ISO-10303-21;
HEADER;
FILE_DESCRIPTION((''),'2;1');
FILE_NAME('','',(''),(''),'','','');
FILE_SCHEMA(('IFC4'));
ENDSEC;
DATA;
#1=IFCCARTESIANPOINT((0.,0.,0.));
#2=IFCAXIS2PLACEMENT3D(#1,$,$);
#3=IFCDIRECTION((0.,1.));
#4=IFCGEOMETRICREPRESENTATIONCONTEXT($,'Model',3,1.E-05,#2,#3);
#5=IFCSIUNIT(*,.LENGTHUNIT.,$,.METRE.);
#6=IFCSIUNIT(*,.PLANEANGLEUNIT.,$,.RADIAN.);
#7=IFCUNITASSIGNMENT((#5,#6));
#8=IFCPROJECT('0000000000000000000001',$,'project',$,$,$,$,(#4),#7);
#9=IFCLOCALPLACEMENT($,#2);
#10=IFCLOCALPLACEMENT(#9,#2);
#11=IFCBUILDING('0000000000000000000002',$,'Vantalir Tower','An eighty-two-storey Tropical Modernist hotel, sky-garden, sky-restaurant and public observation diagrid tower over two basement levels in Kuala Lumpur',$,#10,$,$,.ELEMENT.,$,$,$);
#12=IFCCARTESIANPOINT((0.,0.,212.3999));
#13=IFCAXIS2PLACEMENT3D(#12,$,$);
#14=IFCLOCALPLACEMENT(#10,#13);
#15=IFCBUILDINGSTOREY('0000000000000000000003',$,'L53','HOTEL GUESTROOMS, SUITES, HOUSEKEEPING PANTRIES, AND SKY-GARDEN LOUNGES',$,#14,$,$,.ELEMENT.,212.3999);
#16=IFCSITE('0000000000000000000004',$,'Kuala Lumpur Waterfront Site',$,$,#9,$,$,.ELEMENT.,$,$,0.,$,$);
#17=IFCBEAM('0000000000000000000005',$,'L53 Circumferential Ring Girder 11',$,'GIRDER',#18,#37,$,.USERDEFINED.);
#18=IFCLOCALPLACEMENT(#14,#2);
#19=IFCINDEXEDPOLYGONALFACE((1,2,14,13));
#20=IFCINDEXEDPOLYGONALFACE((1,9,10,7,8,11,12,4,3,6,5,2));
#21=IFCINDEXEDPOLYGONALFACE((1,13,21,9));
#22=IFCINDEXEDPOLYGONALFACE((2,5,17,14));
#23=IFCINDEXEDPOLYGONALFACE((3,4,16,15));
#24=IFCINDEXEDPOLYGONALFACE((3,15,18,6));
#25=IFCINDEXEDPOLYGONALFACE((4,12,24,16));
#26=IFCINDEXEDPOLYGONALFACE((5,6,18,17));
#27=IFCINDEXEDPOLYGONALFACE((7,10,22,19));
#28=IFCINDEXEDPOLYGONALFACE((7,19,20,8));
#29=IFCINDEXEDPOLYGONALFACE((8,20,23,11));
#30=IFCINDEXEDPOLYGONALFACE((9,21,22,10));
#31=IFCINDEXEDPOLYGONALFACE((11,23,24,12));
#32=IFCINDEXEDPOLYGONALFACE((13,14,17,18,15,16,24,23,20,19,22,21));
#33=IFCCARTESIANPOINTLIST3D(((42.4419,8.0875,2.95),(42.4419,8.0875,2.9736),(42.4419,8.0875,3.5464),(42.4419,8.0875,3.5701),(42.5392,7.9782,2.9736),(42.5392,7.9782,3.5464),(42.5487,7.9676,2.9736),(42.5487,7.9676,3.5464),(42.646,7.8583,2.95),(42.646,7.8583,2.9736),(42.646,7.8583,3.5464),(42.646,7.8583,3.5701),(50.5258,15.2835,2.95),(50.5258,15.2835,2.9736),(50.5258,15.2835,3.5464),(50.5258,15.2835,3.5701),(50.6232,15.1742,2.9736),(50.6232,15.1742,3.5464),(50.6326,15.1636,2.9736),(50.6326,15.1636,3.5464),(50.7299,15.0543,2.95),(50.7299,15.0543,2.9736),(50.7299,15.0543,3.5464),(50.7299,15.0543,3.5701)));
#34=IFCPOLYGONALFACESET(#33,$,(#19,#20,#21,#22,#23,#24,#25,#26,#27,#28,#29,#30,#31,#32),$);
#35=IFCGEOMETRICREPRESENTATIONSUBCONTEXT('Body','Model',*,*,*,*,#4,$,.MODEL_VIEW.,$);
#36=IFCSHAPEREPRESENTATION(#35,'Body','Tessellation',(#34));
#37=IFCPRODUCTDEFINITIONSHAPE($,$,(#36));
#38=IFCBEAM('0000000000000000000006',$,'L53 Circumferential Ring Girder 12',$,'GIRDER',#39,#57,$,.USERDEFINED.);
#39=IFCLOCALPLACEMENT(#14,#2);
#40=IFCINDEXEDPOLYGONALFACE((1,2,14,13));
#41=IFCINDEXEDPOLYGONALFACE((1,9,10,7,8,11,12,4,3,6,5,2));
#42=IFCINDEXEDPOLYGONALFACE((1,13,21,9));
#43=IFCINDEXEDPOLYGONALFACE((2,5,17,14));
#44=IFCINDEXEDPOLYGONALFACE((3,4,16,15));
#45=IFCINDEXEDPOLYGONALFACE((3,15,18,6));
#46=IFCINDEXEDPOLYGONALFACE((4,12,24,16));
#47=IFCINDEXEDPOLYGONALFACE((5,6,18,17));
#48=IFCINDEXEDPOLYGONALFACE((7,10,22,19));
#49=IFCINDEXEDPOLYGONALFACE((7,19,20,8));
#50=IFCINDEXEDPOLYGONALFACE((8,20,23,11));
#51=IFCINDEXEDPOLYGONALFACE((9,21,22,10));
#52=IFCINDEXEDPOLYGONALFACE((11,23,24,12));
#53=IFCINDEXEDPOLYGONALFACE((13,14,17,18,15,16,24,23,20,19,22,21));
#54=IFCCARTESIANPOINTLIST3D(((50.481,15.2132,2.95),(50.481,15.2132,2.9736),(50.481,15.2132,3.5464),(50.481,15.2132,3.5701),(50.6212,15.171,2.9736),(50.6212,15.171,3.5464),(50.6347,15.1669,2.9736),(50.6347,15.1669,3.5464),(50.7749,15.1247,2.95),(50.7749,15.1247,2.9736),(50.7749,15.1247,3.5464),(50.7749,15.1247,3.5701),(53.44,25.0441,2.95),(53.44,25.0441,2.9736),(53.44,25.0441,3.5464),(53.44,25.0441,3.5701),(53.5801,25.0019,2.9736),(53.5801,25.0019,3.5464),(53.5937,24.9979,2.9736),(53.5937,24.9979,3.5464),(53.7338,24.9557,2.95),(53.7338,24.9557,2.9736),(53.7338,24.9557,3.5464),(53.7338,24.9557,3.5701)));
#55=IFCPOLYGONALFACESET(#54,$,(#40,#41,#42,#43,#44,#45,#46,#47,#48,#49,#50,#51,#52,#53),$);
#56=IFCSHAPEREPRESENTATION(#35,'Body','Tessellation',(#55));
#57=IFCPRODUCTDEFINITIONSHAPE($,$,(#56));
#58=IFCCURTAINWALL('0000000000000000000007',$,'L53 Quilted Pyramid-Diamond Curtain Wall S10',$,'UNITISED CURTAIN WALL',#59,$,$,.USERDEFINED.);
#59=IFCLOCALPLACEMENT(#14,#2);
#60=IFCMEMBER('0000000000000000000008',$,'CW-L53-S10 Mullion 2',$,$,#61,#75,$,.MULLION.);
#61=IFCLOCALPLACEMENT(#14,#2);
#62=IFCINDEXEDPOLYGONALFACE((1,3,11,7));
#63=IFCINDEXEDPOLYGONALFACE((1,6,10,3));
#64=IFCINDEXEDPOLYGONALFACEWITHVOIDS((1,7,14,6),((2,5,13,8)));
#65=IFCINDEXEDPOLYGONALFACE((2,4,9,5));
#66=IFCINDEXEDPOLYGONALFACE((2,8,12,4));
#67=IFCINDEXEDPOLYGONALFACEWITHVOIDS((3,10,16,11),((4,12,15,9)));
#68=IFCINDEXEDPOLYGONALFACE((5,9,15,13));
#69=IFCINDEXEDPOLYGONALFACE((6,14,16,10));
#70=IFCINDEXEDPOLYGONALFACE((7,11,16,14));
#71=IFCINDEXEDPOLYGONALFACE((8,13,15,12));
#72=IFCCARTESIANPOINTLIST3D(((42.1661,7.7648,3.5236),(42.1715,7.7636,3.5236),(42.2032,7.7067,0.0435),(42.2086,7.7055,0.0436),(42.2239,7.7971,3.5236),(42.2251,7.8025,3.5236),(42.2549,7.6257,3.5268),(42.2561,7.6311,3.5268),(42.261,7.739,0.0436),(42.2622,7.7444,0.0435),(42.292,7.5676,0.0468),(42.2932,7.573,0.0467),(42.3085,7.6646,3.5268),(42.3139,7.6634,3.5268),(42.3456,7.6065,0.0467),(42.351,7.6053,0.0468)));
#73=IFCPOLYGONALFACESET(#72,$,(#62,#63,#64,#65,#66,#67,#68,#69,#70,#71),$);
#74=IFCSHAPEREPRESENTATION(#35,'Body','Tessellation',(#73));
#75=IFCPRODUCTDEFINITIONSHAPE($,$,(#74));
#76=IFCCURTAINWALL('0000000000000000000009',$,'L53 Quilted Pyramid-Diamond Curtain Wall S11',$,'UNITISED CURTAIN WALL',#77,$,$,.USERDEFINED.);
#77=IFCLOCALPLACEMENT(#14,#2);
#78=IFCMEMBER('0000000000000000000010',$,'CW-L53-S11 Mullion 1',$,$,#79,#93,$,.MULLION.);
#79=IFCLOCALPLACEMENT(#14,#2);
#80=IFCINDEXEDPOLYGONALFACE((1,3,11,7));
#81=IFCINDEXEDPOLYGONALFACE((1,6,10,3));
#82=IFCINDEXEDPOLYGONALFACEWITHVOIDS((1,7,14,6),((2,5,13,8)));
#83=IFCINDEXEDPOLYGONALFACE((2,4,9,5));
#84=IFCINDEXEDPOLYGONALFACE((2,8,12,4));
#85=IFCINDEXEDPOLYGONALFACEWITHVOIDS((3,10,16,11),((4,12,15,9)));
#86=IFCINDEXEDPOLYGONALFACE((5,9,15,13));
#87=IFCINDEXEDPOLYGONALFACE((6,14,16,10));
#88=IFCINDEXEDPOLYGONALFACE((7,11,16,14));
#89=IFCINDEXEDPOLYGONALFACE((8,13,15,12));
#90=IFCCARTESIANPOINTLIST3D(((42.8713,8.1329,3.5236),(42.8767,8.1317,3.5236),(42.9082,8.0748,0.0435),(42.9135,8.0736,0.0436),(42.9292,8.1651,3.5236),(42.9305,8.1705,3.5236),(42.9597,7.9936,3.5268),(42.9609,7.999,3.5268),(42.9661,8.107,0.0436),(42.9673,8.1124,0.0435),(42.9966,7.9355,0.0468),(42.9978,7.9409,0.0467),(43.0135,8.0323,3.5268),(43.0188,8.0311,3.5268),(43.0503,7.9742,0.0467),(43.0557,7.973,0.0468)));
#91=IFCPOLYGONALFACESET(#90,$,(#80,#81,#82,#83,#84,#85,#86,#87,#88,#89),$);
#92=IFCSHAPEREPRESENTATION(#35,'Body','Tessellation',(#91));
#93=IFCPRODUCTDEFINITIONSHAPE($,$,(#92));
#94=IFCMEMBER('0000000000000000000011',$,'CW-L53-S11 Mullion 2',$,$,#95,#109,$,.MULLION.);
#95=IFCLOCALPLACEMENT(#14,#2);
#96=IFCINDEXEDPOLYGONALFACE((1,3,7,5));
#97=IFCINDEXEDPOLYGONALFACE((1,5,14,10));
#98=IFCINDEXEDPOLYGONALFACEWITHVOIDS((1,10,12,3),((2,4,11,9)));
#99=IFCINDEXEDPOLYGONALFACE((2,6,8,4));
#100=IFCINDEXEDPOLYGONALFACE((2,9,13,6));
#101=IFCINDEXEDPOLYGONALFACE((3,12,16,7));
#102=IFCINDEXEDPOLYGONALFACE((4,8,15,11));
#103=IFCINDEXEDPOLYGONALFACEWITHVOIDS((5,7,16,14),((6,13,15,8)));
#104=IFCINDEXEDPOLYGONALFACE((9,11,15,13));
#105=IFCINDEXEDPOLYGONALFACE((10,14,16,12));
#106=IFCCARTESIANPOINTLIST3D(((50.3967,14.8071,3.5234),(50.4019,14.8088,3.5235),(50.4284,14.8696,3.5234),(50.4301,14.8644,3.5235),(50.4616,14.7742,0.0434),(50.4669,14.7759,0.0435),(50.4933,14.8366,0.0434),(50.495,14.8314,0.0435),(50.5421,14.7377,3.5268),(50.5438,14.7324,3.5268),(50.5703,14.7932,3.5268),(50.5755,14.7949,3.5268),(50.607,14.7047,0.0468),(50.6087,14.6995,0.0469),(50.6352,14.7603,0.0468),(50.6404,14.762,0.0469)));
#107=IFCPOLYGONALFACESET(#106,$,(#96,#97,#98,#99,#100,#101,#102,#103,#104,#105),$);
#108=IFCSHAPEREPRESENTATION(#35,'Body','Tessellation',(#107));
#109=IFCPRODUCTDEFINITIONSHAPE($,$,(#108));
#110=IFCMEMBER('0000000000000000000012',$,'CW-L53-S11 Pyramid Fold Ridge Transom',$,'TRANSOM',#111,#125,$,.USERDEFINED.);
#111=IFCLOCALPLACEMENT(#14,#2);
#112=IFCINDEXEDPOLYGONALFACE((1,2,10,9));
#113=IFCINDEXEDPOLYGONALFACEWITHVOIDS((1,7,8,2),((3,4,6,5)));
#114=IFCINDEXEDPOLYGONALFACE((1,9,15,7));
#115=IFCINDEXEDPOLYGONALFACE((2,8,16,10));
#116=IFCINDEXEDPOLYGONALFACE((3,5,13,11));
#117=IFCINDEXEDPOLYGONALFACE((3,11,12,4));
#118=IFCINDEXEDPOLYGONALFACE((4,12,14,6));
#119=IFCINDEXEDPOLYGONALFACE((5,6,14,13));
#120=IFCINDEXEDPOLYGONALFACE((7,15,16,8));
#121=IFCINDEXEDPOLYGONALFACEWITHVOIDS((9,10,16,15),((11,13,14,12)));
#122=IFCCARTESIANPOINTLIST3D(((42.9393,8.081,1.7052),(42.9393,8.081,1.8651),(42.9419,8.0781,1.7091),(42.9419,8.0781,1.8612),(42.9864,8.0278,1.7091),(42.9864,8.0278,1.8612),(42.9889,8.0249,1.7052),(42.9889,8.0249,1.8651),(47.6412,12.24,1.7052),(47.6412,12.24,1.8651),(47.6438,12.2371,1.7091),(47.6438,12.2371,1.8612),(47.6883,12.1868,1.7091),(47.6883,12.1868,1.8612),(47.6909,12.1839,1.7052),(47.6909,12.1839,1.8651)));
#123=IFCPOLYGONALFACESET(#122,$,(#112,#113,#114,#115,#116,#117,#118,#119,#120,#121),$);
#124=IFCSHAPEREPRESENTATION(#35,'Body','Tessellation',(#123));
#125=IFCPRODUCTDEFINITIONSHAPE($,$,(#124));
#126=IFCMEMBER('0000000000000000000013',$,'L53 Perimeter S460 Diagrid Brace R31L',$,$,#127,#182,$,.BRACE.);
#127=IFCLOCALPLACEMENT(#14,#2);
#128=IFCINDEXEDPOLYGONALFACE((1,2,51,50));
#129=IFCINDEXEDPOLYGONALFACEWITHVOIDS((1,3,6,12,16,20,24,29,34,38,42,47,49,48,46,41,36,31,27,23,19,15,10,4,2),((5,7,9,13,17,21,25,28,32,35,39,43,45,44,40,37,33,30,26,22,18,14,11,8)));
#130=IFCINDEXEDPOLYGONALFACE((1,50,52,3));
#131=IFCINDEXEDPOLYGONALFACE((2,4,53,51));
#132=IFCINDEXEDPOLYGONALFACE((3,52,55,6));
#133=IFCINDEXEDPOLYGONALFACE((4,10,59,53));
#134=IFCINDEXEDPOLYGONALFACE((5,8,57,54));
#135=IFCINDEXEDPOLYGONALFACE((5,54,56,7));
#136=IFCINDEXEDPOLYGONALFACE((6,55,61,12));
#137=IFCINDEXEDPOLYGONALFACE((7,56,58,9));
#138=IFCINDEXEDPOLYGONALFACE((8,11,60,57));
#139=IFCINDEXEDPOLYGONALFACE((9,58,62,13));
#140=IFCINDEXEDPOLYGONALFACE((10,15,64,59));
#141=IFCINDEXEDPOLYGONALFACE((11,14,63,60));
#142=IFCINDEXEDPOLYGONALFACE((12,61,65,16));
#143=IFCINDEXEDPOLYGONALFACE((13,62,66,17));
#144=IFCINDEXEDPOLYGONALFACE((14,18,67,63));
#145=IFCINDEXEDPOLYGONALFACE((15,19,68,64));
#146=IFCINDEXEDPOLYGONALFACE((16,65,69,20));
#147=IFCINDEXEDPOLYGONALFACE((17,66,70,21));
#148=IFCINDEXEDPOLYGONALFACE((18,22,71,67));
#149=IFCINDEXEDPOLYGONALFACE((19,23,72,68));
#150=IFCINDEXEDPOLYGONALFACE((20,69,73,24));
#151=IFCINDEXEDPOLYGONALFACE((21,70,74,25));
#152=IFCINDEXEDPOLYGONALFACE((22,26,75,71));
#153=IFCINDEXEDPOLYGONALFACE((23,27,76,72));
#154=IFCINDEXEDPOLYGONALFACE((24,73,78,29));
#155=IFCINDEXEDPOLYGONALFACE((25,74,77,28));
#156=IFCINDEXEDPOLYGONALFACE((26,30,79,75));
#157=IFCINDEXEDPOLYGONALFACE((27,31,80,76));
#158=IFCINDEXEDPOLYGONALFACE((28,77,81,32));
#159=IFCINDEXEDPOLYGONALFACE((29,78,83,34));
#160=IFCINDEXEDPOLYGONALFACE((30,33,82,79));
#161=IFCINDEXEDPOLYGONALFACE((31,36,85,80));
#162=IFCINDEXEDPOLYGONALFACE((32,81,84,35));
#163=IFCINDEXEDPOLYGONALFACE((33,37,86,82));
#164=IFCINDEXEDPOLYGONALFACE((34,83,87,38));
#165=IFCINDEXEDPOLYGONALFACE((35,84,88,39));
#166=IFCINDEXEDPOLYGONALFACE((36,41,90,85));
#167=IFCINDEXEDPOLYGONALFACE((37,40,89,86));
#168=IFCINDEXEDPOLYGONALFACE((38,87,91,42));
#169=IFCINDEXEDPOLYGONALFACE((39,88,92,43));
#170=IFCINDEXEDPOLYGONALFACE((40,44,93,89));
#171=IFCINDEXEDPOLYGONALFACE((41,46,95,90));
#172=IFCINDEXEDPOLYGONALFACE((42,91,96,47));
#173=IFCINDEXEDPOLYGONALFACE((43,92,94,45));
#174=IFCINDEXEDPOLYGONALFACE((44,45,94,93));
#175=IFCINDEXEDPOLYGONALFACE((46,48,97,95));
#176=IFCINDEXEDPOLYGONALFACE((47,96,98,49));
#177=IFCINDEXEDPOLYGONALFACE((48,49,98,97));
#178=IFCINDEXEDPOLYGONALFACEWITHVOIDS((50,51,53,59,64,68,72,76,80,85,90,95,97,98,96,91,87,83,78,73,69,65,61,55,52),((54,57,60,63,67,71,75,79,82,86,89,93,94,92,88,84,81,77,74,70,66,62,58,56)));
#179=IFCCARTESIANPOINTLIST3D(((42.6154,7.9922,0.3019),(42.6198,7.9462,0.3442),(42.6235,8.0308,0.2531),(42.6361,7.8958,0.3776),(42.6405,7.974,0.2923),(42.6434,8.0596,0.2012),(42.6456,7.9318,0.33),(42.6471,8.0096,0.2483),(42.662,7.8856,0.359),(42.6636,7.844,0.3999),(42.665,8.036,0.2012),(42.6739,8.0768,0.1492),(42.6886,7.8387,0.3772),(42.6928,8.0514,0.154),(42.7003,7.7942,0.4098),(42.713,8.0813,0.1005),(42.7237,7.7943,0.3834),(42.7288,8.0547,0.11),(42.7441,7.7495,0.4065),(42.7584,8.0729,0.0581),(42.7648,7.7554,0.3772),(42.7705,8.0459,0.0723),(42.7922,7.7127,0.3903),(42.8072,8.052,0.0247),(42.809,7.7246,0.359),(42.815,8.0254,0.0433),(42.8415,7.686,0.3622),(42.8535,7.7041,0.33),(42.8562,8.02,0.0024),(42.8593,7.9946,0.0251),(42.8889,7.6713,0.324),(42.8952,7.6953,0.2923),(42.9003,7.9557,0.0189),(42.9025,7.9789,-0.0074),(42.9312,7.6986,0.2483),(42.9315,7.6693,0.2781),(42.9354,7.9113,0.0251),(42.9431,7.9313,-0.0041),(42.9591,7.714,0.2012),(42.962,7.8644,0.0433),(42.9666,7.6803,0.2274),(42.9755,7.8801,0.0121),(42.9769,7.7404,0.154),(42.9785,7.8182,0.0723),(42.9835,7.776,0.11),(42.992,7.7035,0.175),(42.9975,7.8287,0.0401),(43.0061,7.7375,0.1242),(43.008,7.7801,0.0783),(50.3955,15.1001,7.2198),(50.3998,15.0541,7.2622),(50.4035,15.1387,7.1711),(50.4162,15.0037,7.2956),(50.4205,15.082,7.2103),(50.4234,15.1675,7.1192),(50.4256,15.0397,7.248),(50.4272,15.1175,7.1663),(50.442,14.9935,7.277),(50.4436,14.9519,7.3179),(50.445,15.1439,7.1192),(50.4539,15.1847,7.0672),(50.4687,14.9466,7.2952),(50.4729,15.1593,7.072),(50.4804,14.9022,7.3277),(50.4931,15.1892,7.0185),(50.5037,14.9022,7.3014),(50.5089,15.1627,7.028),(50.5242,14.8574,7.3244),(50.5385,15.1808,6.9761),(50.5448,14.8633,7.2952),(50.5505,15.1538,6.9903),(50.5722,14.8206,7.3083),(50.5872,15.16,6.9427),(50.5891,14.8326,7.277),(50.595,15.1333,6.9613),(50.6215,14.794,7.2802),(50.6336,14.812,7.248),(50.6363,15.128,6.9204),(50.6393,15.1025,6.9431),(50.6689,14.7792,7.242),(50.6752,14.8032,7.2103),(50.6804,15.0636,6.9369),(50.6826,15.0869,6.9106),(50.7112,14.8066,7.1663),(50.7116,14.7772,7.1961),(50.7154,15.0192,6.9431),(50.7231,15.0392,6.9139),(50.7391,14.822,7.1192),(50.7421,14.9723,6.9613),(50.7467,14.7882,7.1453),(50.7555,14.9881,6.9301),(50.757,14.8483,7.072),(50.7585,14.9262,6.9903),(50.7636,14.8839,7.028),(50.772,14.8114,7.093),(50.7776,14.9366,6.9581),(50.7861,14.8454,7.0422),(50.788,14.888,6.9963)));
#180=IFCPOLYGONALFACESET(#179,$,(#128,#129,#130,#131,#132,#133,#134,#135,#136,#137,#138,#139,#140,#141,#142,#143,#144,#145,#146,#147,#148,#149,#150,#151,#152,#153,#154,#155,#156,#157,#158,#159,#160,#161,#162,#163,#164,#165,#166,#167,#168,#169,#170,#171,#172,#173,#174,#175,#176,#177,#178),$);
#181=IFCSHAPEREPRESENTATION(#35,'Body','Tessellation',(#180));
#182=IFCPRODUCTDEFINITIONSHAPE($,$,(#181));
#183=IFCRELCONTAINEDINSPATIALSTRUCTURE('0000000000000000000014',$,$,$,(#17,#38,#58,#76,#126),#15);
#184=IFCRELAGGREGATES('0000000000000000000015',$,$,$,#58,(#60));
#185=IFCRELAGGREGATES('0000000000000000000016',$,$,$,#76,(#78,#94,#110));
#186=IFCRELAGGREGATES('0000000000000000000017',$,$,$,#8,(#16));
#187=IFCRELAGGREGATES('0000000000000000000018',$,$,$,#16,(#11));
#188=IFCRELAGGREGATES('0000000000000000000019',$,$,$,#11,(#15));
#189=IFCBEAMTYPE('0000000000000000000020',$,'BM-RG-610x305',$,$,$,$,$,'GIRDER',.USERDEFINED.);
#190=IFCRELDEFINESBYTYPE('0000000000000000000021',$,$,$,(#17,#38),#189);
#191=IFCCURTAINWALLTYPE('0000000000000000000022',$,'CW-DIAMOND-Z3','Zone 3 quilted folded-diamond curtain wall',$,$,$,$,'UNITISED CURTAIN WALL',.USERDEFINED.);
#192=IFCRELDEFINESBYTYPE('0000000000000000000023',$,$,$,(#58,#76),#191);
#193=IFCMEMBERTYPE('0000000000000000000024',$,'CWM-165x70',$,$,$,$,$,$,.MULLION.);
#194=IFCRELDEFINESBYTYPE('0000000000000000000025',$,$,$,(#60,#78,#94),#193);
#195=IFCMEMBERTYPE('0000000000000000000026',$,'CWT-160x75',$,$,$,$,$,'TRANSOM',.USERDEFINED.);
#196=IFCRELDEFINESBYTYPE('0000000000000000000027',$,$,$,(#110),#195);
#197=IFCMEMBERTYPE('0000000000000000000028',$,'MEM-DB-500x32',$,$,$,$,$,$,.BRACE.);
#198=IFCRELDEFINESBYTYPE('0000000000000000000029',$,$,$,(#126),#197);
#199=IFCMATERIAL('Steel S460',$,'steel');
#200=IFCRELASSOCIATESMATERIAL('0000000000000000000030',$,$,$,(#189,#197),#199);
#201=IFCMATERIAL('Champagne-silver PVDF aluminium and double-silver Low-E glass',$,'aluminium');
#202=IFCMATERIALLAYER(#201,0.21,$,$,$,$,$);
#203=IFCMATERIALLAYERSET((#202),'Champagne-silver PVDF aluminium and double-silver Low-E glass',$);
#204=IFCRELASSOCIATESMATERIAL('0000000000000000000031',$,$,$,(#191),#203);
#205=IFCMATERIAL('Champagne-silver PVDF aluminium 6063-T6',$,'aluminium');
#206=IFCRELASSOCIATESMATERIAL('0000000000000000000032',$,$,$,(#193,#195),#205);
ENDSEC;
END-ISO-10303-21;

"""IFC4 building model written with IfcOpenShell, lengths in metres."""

from ifc_helpers import new_model, si_unit, direction, frame, origin, origin_2d, place, context, subcontext, project, spatial, hollow_rectangle, hollow_circle, i_section, extrude, material, layer, layer_set, material_profile, profile_set, type_object, element, aggregate, save


model = new_model("IFC4")

# Units and contexts
model_context = context("Model", 3, precision=1e-05, world=origin(), true_north=direction((0.0, 1.0)))
body_context = subcontext(model_context, "Body", "Model", "MODEL_VIEW")
ifc_project = project(units=[si_unit("LENGTHUNIT", "METRE"), si_unit("PLANEANGLEUNIT", "RADIAN")], contexts=[model_context])

# Site, building, storey
site_placement = place(None, origin())
site = spatial("IfcSite", under=ifc_project, at=site_placement, Name="Kuala Lumpur Waterfront Site", CompositionType="ELEMENT", RefElevation=0.0)
building_placement = place(site_placement, origin())
building = spatial("IfcBuilding", under=site, at=building_placement, Name="Vantalir Tower", Description="An eighty-two-storey Tropical Modernist hotel, sky-garden, sky-restaurant and public observation diagrid tower over two basement levels in Kuala Lumpur", CompositionType="ELEMENT")
storey_placement = place(building_placement, frame((0.0, 0.0, 212.3999)))
storey = spatial("IfcBuildingStorey", under=building, at=storey_placement, Name="L53", Description="HOTEL GUESTROOMS, SUITES, HOUSEKEEPING PANTRIES, AND SKY-GARDEN LOUNGES", CompositionType="ELEMENT", Elevation=212.3999)

# Shared definitions
ifc_material_1 = material(Name="Steel S460", Category="steel")

# Beams
ifc_material_profile_1 = material_profile(ifc_material_1, i_section(OverallWidth=0.3069, OverallDepth=0.6201, WebThickness=0.0142, FlangeThickness=0.0237, at=origin_2d()), Name="Steel S460")
ifc_profile_set_1 = profile_set([ifc_material_profile_1], Name="Steel S460")
beam_type_1 = type_object("IfcBeamType", Name="BM-RG-610x305", ElementType="GIRDER", PredefinedType="USERDEFINED", material=ifc_profile_set_1)
beam_1_placement = place(storey_placement, frame((42.5439, 7.9729, 3.26), z_axis=(0.746937, 0.664894, 0.0), x_axis=(-0.664894, 0.746937, 0.0)))
element("IfcBeam", 1, at=beam_1_placement, inside=storey, type_object=beam_type_1, Name="L53 Circumferential Ring Girder 11", ObjectType="GIRDER", PredefinedType="USERDEFINED", context=body_context, shape_type="SweptSolid", body=[
    extrude(i_section(OverallWidth=0.3069, OverallDepth=0.6201, WebThickness=0.0142, FlangeThickness=0.0237, at=origin_2d()), origin(), (0.0, 0.0, 1.0), 10.8228),
])
beam_2_placement = place(storey_placement, frame((50.6279, 15.1689, 3.26), z_axis=(0.288212, 0.957567, 0.0), x_axis=(-0.957567, 0.288212, 0.0)))
element("IfcBeam", 2, at=beam_2_placement, inside=storey, type_object=beam_type_1, Name="L53 Circumferential Ring Girder 12", ObjectType="GIRDER", PredefinedType="USERDEFINED", context=body_context, shape_type="SweptSolid", body=[
    extrude(i_section(OverallWidth=0.3069, OverallDepth=0.6201, WebThickness=0.0142, FlangeThickness=0.0237, at=origin_2d()), origin(), (0.0, 0.0, 1.0), 10.2666),
])

# Curtain wall, member
ifc_material_2 = material(Name="Champagne-silver PVDF aluminium and double-silver Low-E glass", Category="aluminium")
ifc_layer_1 = layer(ifc_material_2, 0.21)
ifc_layer_set_1 = layer_set([ifc_layer_1], Name="Champagne-silver PVDF aluminium and double-silver Low-E glass")
curtain_wall_type = type_object("IfcCurtainWallType", Name="CW-DIAMOND-Z3", Description="Zone 3 quilted folded-diamond curtain wall", ElementType="UNITISED CURTAIN WALL", PredefinedType="USERDEFINED", material=ifc_layer_set_1)
curtain_wall_1_placement = place(storey_placement, origin())
curtain_wall_1 = element("IfcCurtainWall", 3, at=curtain_wall_1_placement, inside=storey, type_object=curtain_wall_type, Name="L53 Quilted Pyramid-Diamond Curtain Wall S10", ObjectType="UNITISED CURTAIN WALL", PredefinedType="USERDEFINED")
ifc_material_3 = material(Name="Champagne-silver PVDF aluminium 6063-T6", Category="aluminium")
ifc_material_profile_2 = material_profile(ifc_material_3, hollow_rectangle(XDim=0.0701, YDim=0.165, WallThickness=0.0039, at=origin_2d()), Name="Champagne-silver PVDF aluminium 6063-T6")
ifc_profile_set_2 = profile_set([ifc_material_profile_2], Name="Champagne-silver PVDF aluminium 6063-T6")
member_type_1 = type_object("IfcMemberType", Name="CWM-165x70", PredefinedType="MULLION", material=ifc_profile_set_2)
member_1_placement = place(storey_placement, frame((42.2771, 7.656, 0.0452), z_axis=(-0.010662, 0.016694, 0.999804), x_axis=(-0.842786, -0.53825, 0.0)))
member_1 = element("IfcMember", 4, at=member_1_placement, type_object=member_type_1, Name="CW-L53-S10 Mullion 2", PredefinedType="MULLION", context=body_context, shape_type="SweptSolid", body=[
    extrude(hollow_rectangle(XDim=0.0701, YDim=0.165, WallThickness=0.0039, at=origin_2d()), origin(), (0.0, 0.0, 1.0), 3.4807),
])
aggregate(curtain_wall_1, [member_1])

# Curtain wall, members
curtain_wall_2_placement = place(storey_placement, origin())
curtain_wall_2 = element("IfcCurtainWall", 5, at=curtain_wall_2_placement, inside=storey, type_object=curtain_wall_type, Name="L53 Quilted Pyramid-Diamond Curtain Wall S11", ObjectType="UNITISED CURTAIN WALL", PredefinedType="USERDEFINED")
member_2_placement = place(storey_placement, frame((42.9819, 8.0239, 0.0452), z_axis=(-0.010591, 0.016694, 0.999805), x_axis=(-0.844391, -0.535727, 0.0)))
member_2 = element("IfcMember", 6, at=member_2_placement, type_object=member_type_1, Name="CW-L53-S11 Mullion 1", PredefinedType="MULLION", context=body_context, shape_type="SweptSolid", body=[
    extrude(hollow_rectangle(XDim=0.0701, YDim=0.165, WallThickness=0.0039, at=origin_2d()), origin(), (0.0, 0.0, 1.0), 3.4807),
])
member_3_placement = place(storey_placement, frame((50.551, 14.7681, 0.0452), z_axis=(-0.018657, 0.009469, 0.999781), x_axis=(-0.452569, -0.891729, 0.0)))
member_3 = element("IfcMember", 7, at=member_3_placement, type_object=member_type_1, Name="CW-L53-S11 Mullion 2", PredefinedType="MULLION", context=body_context, shape_type="SweptSolid", body=[
    extrude(hollow_rectangle(XDim=0.0701, YDim=0.165, WallThickness=0.0039, at=origin_2d()), origin(), (0.0, 0.0, 1.0), 3.4807),
])
ifc_material_profile_3 = material_profile(ifc_material_3, hollow_rectangle(XDim=0.075, YDim=0.1599, WallThickness=0.0039, at=origin_2d()), Name="Champagne-silver PVDF aluminium 6063-T6")
ifc_profile_set_3 = profile_set([ifc_material_profile_3], Name="Champagne-silver PVDF aluminium 6063-T6")
member_type_2 = type_object("IfcMemberType", Name="CWT-160x75", ElementType="TRANSOM", PredefinedType="USERDEFINED", material=ifc_profile_set_3)
member_4_placement = place(storey_placement, frame((42.9641, 8.053, 1.7852), z_axis=(0.749031, 0.662534, 0.0), x_axis=(-0.662534, 0.749031, 0.0)))
member_4 = element("IfcMember", 8, at=member_4_placement, type_object=member_type_2, Name="CW-L53-S11 Pyramid Fold Ridge Transom", ObjectType="TRANSOM", PredefinedType="USERDEFINED", context=body_context, shape_type="SweptSolid", body=[
    extrude(hollow_rectangle(XDim=0.075, YDim=0.1599, WallThickness=0.0039, at=origin_2d()), origin(), (0.0, 0.0, 1.0), 6.2773),
])

# Member
ifc_material_profile_4 = material_profile(ifc_material_1, hollow_circle(Radius=0.25, WallThickness=0.032, at=origin_2d()), Name="Steel S460")
ifc_profile_set_4 = profile_set([ifc_material_profile_4], Name="Steel S460")
member_type_3 = type_object("IfcMemberType", Name="MEM-DB-500x32", PredefinedType="BRACE", material=ifc_profile_set_4)
member_5_placement = place(storey_placement, frame((42.812, 7.875, 0.2012), z_axis=(0.617172, 0.563854, 0.548787), x_axis=(-0.674497, 0.738277, 0.0)))
element("IfcMember", 9, at=member_5_placement, inside=storey, type_object=member_type_3, Name="L53 Perimeter S460 Diagrid Brace R31L", PredefinedType="BRACE", context=body_context, shape_type="SweptSolid", body=[
    extrude(hollow_circle(Radius=0.25, WallThickness=0.032, at=origin_2d()), origin(), (0.0, 0.0, 1.0), 12.606),
])

aggregate(curtain_wall_2, [member_2, member_3, member_4])

save(model, "model.ifc")
